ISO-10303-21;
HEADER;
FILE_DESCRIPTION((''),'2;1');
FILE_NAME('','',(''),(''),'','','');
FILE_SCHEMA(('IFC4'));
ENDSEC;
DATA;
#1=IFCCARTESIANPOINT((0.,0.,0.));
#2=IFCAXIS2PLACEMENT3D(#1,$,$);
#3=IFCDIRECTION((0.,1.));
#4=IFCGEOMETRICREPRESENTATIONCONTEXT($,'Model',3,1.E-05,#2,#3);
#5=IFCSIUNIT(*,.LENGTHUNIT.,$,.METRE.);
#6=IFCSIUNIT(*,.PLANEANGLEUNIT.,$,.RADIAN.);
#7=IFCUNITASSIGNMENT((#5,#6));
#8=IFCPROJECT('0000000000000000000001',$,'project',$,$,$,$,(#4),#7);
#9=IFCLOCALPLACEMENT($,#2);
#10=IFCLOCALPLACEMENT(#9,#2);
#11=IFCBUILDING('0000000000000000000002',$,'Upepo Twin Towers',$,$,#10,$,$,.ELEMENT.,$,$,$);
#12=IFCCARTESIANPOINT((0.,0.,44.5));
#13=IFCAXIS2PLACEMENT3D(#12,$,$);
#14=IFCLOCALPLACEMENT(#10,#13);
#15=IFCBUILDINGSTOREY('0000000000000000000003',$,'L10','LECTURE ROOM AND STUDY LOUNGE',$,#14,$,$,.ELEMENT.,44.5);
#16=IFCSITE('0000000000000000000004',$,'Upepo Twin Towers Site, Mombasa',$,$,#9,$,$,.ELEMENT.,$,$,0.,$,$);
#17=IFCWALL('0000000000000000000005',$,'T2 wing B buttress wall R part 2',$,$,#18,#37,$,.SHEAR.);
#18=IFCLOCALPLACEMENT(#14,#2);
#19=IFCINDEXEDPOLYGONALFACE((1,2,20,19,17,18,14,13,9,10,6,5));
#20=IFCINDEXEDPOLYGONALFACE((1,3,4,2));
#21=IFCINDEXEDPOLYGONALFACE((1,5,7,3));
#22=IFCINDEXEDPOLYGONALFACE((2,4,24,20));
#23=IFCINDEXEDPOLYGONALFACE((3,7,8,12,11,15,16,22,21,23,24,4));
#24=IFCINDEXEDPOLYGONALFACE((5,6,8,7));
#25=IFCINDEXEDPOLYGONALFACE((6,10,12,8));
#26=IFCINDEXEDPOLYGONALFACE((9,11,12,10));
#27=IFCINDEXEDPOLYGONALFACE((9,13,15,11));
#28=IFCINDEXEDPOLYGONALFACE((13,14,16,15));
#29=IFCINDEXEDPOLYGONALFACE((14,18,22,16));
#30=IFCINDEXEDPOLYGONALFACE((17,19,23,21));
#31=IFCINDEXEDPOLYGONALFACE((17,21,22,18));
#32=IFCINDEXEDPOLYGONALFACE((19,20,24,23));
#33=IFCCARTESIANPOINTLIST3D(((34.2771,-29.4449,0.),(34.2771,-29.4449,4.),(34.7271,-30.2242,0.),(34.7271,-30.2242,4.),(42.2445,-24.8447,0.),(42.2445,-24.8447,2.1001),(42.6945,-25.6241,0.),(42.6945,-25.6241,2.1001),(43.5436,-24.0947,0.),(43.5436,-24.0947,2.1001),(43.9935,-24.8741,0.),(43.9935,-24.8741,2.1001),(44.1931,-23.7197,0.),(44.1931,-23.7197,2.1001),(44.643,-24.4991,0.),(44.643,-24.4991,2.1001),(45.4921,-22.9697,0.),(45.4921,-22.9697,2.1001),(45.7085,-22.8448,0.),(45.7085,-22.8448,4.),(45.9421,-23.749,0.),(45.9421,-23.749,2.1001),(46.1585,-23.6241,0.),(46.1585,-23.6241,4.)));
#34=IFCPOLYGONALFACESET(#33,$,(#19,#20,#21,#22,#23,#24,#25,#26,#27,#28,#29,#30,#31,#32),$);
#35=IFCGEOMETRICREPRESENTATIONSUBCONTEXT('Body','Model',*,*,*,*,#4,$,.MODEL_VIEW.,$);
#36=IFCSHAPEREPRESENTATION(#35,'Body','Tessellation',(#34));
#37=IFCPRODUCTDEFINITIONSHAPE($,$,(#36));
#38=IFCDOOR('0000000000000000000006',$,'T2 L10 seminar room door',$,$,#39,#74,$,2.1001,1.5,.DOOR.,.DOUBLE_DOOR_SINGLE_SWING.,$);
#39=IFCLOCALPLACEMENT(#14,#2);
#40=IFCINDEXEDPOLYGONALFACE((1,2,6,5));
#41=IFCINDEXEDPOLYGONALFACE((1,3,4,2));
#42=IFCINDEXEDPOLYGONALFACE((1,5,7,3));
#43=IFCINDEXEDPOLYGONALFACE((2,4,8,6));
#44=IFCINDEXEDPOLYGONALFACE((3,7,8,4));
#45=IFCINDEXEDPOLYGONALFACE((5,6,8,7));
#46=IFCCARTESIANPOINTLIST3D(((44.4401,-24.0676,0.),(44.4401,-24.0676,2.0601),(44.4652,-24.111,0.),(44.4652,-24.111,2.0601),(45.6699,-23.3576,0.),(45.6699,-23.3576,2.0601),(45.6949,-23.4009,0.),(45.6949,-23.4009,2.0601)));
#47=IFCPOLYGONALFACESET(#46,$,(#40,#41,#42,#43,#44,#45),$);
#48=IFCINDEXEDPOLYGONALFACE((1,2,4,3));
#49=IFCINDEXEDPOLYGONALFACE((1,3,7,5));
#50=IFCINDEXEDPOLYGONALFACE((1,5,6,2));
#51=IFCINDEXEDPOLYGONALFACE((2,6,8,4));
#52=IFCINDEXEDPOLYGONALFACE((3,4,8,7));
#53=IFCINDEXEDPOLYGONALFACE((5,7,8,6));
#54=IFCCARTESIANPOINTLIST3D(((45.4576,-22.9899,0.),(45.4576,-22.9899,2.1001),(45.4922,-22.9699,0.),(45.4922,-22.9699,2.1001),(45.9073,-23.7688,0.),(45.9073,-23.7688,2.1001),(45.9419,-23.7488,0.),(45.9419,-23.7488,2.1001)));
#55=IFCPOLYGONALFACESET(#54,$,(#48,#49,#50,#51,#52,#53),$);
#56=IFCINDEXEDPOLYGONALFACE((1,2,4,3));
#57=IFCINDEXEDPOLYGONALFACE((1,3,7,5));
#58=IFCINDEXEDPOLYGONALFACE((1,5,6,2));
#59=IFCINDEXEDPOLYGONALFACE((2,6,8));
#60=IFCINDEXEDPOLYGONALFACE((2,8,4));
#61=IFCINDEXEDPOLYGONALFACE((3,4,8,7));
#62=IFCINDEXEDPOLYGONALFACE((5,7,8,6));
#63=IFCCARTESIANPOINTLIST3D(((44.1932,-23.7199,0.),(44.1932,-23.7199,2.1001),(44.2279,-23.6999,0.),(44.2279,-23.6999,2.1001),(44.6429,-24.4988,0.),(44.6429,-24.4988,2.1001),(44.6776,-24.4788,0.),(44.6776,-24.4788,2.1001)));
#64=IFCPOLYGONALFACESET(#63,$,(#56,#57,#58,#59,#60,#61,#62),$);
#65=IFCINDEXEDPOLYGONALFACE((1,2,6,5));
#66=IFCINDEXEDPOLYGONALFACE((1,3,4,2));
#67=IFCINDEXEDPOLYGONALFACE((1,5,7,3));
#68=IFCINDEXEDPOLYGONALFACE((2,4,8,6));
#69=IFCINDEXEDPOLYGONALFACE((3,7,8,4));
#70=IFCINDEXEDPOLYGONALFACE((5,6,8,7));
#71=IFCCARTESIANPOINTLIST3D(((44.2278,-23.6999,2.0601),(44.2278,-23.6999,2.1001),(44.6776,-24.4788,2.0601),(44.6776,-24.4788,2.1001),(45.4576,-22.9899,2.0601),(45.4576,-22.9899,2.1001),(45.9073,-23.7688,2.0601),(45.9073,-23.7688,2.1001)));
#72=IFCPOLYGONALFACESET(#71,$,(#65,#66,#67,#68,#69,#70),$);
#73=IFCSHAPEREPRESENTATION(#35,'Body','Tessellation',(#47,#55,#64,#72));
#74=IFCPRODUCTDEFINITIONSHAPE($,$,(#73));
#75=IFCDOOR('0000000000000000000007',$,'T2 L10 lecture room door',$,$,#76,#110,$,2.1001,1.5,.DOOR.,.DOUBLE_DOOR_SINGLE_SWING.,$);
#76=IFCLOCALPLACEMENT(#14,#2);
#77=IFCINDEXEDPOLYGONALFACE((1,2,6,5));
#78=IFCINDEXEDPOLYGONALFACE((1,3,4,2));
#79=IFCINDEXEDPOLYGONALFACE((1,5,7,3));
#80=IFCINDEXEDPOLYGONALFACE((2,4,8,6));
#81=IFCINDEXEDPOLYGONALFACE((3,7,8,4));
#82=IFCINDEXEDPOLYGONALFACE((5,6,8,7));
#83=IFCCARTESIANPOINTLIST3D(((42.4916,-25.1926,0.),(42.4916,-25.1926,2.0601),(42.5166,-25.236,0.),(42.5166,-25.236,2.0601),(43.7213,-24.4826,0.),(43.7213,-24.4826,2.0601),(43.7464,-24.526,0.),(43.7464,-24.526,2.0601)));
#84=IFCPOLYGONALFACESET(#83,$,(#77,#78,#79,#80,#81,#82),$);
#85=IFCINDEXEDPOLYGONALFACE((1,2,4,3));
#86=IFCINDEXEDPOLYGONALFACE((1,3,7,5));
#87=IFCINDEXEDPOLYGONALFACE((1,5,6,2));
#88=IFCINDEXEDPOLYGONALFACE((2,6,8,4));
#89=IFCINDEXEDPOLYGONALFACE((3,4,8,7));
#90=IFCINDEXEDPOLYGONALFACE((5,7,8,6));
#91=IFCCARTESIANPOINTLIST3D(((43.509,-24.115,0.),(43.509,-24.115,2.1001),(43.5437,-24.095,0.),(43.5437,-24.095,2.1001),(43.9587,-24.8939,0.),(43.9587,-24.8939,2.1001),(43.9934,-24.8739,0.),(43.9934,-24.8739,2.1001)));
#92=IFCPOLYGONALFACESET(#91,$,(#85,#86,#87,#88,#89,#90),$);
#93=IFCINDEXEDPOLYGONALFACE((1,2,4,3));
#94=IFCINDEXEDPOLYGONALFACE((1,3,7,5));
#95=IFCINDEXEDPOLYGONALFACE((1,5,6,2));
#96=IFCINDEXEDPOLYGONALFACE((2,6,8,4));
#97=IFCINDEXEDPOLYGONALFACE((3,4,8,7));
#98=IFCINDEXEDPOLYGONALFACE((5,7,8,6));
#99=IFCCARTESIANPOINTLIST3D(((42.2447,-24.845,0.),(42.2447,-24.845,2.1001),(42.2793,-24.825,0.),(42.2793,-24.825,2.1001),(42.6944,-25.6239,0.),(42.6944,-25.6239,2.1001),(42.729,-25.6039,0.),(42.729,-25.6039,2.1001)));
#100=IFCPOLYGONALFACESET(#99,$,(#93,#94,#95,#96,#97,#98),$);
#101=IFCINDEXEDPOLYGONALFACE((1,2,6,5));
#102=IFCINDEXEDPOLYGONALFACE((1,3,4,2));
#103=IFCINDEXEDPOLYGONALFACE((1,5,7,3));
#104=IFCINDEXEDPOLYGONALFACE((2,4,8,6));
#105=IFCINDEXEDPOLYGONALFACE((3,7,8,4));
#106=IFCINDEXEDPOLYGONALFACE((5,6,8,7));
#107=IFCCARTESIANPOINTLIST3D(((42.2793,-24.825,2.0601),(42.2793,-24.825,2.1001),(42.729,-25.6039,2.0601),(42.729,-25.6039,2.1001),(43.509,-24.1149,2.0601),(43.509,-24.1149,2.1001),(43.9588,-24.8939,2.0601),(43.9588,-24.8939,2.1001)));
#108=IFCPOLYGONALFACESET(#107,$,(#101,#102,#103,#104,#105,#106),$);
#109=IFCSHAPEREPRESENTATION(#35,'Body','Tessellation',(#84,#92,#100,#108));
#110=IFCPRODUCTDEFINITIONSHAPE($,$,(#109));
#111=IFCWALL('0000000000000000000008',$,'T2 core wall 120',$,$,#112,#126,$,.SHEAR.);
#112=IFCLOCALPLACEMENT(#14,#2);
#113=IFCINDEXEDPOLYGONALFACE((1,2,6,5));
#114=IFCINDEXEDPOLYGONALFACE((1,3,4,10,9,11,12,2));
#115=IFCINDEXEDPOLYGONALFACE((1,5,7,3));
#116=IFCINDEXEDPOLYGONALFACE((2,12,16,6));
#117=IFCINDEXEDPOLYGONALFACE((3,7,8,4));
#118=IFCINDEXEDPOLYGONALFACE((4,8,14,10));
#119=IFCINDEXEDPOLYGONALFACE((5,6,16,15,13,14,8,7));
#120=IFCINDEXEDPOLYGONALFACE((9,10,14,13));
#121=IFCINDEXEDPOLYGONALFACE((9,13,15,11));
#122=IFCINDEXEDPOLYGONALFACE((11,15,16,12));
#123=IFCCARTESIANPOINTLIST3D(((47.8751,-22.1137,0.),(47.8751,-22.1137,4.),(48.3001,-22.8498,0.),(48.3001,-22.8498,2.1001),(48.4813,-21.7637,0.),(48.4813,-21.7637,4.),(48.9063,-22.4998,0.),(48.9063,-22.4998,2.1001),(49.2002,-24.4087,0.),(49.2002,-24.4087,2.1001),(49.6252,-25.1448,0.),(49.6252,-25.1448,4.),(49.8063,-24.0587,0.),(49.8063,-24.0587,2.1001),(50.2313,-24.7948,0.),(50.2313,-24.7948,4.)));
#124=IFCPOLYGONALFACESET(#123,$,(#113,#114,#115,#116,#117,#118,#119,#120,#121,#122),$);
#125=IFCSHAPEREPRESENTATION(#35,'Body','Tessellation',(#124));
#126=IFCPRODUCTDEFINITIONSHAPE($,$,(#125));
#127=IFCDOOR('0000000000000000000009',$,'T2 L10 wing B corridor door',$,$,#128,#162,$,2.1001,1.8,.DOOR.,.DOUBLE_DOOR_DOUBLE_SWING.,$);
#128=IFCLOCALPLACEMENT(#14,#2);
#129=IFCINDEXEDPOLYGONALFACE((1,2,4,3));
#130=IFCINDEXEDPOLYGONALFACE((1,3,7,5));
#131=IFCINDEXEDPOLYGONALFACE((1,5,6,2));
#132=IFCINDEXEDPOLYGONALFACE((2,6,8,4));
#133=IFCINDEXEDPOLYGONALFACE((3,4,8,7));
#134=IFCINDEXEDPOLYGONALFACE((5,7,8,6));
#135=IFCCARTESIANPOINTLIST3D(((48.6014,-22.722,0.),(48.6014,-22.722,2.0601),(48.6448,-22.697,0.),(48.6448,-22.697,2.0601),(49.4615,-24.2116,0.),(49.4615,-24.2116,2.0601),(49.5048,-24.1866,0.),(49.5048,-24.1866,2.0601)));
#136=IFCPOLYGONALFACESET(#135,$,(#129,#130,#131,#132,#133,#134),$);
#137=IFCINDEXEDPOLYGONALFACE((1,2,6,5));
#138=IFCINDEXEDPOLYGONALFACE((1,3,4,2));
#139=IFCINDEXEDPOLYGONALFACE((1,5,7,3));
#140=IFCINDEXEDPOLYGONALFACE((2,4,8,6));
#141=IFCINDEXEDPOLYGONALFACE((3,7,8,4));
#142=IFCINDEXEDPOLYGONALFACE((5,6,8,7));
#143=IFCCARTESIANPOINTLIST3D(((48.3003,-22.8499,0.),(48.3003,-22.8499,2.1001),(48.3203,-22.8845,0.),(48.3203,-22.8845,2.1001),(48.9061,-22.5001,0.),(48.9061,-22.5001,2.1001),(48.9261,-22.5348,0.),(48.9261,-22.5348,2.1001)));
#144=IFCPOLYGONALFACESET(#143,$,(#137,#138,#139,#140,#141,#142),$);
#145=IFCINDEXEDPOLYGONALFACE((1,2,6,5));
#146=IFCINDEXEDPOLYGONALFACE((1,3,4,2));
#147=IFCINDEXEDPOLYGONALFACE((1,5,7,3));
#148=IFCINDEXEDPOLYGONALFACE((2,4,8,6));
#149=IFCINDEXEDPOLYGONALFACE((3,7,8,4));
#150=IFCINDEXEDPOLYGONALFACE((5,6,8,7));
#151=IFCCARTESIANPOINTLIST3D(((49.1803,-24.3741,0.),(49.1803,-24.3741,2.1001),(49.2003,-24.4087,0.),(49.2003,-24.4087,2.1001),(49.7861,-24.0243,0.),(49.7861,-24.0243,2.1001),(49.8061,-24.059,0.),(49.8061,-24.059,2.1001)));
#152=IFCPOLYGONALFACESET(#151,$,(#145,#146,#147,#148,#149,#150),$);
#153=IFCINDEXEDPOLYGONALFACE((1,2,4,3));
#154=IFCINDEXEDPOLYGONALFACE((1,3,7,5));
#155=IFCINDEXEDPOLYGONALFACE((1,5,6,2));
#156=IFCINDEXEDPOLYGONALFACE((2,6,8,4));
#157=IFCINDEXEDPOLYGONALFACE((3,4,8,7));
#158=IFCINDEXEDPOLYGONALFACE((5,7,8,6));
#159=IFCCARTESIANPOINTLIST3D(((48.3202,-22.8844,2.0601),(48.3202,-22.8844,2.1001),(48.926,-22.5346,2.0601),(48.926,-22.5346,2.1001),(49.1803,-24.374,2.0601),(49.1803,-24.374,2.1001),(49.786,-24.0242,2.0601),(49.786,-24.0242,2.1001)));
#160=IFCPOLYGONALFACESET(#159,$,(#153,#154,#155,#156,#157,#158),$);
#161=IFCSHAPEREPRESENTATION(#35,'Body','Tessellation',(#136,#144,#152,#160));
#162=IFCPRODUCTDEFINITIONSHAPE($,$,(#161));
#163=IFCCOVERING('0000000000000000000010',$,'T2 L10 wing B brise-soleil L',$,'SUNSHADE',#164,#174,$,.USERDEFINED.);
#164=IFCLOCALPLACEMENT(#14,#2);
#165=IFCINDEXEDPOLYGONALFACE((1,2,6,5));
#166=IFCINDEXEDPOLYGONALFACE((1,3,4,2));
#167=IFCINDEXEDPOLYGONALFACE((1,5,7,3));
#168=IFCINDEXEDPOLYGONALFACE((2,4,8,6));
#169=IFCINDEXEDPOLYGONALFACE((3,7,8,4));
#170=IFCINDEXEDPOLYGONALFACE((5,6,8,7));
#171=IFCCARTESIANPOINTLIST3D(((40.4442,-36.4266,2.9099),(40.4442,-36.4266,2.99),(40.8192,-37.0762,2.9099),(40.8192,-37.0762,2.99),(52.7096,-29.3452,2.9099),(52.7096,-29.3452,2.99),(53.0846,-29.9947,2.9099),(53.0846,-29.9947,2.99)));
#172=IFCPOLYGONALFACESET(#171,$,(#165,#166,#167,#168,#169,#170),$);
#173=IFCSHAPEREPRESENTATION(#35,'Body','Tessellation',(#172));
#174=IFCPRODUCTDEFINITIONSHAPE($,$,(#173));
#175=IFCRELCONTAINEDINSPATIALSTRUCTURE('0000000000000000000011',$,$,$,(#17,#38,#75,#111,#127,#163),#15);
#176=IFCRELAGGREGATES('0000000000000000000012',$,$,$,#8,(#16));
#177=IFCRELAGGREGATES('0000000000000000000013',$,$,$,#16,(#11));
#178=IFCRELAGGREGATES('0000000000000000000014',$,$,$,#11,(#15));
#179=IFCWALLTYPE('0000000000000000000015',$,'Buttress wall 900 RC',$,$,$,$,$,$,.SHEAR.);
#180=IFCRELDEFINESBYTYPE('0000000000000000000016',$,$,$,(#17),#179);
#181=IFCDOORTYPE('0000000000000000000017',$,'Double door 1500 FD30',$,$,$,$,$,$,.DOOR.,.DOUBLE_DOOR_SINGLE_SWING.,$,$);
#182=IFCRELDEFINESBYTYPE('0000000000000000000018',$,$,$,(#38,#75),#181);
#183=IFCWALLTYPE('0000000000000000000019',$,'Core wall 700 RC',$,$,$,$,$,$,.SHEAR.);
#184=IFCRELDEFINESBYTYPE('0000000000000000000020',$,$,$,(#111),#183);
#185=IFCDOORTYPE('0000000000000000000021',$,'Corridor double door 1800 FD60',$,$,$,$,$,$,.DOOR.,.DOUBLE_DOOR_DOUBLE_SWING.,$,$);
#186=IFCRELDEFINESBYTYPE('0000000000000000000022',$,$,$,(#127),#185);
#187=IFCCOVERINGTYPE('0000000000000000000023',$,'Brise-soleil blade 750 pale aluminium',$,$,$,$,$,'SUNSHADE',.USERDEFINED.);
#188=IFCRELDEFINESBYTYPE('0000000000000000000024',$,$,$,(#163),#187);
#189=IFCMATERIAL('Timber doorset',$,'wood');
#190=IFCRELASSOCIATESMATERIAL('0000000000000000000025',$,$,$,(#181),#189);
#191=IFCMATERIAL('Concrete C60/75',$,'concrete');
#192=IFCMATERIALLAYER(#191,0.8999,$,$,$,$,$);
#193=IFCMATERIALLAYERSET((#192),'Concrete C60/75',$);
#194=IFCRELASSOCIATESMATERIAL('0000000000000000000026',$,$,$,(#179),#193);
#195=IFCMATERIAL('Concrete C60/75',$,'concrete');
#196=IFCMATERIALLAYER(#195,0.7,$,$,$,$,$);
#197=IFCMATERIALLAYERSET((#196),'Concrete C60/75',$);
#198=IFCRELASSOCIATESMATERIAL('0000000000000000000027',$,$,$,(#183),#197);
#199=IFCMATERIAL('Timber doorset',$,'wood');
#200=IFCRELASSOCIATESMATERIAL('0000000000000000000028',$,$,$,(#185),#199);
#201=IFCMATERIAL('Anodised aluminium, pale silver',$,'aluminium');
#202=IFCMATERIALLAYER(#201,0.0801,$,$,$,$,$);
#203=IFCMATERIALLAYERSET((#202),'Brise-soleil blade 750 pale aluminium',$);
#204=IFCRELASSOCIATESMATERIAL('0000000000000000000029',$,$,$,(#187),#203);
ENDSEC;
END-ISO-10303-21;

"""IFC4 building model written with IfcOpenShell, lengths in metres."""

from ifc_helpers import new_model, si_unit, direction, frame, frame_2d, origin, origin_2d, place, context, subcontext, project, spatial, rectangle, extrude, material, layer, layer_set, type_object, element, fill, save


model = new_model("IFC4")

# Units and contexts
model_context = context("Model", 3, precision=1e-05, world=origin(), true_north=direction((0.0, 1.0)))
body_context = subcontext(model_context, "Body", "Model", "MODEL_VIEW")
ifc_project = project(units=[si_unit("LENGTHUNIT", "METRE"), si_unit("PLANEANGLEUNIT", "RADIAN")], contexts=[model_context])

# Site, building, storey
site_placement = place(None, origin())
site = spatial("IfcSite", under=ifc_project, at=site_placement, Name="Upepo Twin Towers Site, Mombasa", CompositionType="ELEMENT", RefElevation=0.0)
building_placement = place(site_placement, origin())
building = spatial("IfcBuilding", under=site, at=building_placement, Name="Upepo Twin Towers", CompositionType="ELEMENT")
storey_placement = place(building_placement, frame((0.0, 0.0, 44.5)))
storey = spatial("IfcBuildingStorey", under=building, at=storey_placement, Name="L10", Description="LECTURE ROOM AND STUDY LOUNGE", CompositionType="ELEMENT", Elevation=44.5)

# Shared definitions
ifc_material_1 = material(Name="Timber doorset", Category="wood")
door_type_1 = type_object("IfcDoorType", Name="Double door 1500 FD30", OperationType="DOUBLE_DOOR_SINGLE_SWING", PredefinedType="DOOR", material=ifc_material_1)

# Wall, openings, doors
ifc_material_2 = material(Name="Concrete C60/75", Category="concrete")
ifc_layer_1 = layer(ifc_material_2, 0.8999)
ifc_layer_set_1 = layer_set([ifc_layer_1], Name="Concrete C60/75")
wall_type_1 = type_object("IfcWallType", Name="Buttress wall 900 RC", PredefinedType="SHEAR", material=ifc_layer_set_1)
wall_1_placement = place(storey_placement, frame((45.9336, -23.2344, 0.0), z_axis=(0.0, 0.0, 1.0), x_axis=(-0.86602, -0.50001, 0.0)))
wall_1 = element("IfcWall", 1, at=wall_1_placement, inside=storey, type_object=wall_type_1, Name="T2 wing B buttress wall R part 2", PredefinedType="SHEAR", context=body_context, shape_type="SweptSolid", body=[
    extrude(rectangle(XDim=13.2, YDim=0.8999, at=frame_2d((6.6001, 0.0))), origin(), (0.0, 0.0, 1.0), 4.0),
])
opening_1_placement = place(wall_1_placement, frame((0.25, 0.0, 0.0)))
opening_1 = element("IfcOpeningElement", 2, at=opening_1_placement, cuts=wall_1, PredefinedType="OPENING", context=body_context, shape_type="SweptSolid", body=[
    extrude(rectangle(XDim=1.5, YDim=2.1001, at=frame_2d((0.75, 1.05))), frame((0.0, 0.46, 0.0), z_axis=(0.0, -1.0, 0.0), x_axis=(1.0, 0.0, 0.0)), (0.0, 0.0, 1.0), 0.9199),
])
opening_2_placement = place(wall_1_placement, frame((2.5, 0.0, 0.0)))
opening_2 = element("IfcOpeningElement", 3, at=opening_2_placement, cuts=wall_1, PredefinedType="OPENING", context=body_context, shape_type="SweptSolid", body=[
    extrude(rectangle(XDim=1.5, YDim=2.1001, at=frame_2d((0.75, 1.05))), frame((0.0, 0.46, 0.0), z_axis=(0.0, -1.0, 0.0), x_axis=(1.0, 0.0, 0.0)), (0.0, 0.0, 1.0), 0.9199),
])
door_1_placement = place(opening_1_placement, origin())
door_1 = element("IfcDoor", 4, at=door_1_placement, inside=storey, type_object=door_type_1, Name="T2 L10 seminar room door", OperationType="DOUBLE_DOOR_SINGLE_SWING", OverallHeight=2.1001, OverallWidth=1.5, PredefinedType="DOOR", context=body_context, shape_type="SweptSolid", body=[
    extrude(rectangle(XDim=1.42, YDim=2.0601, at=frame_2d((0.75, 1.03))), frame((0.0, 0.0249, 0.0), z_axis=(0.0, -1.0, 0.0), x_axis=(1.0, 0.0, 0.0)), (0.0, 0.0, 1.0), 0.05),
    extrude(rectangle(XDim=0.04, YDim=2.1001, at=frame_2d((0.02, 1.05))), frame((0.0, 0.4497, 0.0), z_axis=(0.0, -1.0, 0.0), x_axis=(1.0, 0.0, 0.0)), (0.0, 0.0, 1.0), 0.8994),
    extrude(rectangle(XDim=0.04, YDim=2.1001, at=frame_2d((1.48, 1.05))), frame((0.0, 0.4497, 0.0), z_axis=(0.0, -1.0, 0.0), x_axis=(1.0, 0.0, 0.0)), (0.0, 0.0, 1.0), 0.8994),
    extrude(rectangle(XDim=1.42, YDim=0.04, at=frame_2d((0.75, 2.0801))), frame((0.0, 0.4497, 0.0), z_axis=(0.0, -1.0, 0.0), x_axis=(1.0, 0.0, 0.0)), (0.0, 0.0, 1.0), 0.8994),
])
fill(opening_1, door_1)
door_2_placement = place(opening_2_placement, origin())
door_2 = element("IfcDoor", 5, at=door_2_placement, inside=storey, type_object=door_type_1, Name="T2 L10 lecture room door", OperationType="DOUBLE_DOOR_SINGLE_SWING", OverallHeight=2.1001, OverallWidth=1.5, PredefinedType="DOOR", context=body_context, shape_type="SweptSolid", body=[
    extrude(rectangle(XDim=1.42, YDim=2.0601, at=frame_2d((0.75, 1.03))), frame((0.0, 0.0249, 0.0), z_axis=(0.0, -1.0, 0.0), x_axis=(1.0, 0.0, 0.0)), (0.0, 0.0, 1.0), 0.05),
    extrude(rectangle(XDim=0.04, YDim=2.1001, at=frame_2d((0.02, 1.05))), frame((0.0, 0.4497, 0.0), z_axis=(0.0, -1.0, 0.0), x_axis=(1.0, 0.0, 0.0)), (0.0, 0.0, 1.0), 0.8994),
    extrude(rectangle(XDim=0.04, YDim=2.1001, at=frame_2d((1.48, 1.05))), frame((0.0, 0.4497, 0.0), z_axis=(0.0, -1.0, 0.0), x_axis=(1.0, 0.0, 0.0)), (0.0, 0.0, 1.0), 0.8994),
    extrude(rectangle(XDim=1.42, YDim=0.04, at=frame_2d((0.75, 2.0801))), frame((0.0, 0.4497, 0.0), z_axis=(0.0, -1.0, 0.0), x_axis=(1.0, 0.0, 0.0)), (0.0, 0.0, 1.0), 0.8994),
])
fill(opening_2, door_2)

# Wall, opening, door
ifc_material_3 = material(Name="Concrete C60/75", Category="concrete")
ifc_layer_2 = layer(ifc_material_3, 0.7)
ifc_layer_set_2 = layer_set([ifc_layer_2], Name="Concrete C60/75")
wall_type_2 = type_object("IfcWallType", Name="Core wall 700 RC", PredefinedType="SHEAR", material=ifc_layer_set_2)
wall_2_placement = place(storey_placement, frame((48.1782, -21.9387, 0.0), z_axis=(0.0, 0.0, 1.0), x_axis=(0.50001, -0.866019, 0.0)))
wall_2 = element("IfcWall", 6, at=wall_2_placement, inside=storey, type_object=wall_type_2, Name="T2 core wall 120", PredefinedType="SHEAR", context=body_context, shape_type="SweptSolid", body=[
    extrude(rectangle(XDim=3.5, YDim=0.7, at=frame_2d((1.75, 0.0))), origin(), (0.0, 0.0, 1.0), 4.0),
])
opening_3_placement = place(wall_2_placement, frame((0.8501, 0.0, 0.0)))
opening_3 = element("IfcOpeningElement", 7, at=opening_3_placement, cuts=wall_2, PredefinedType="OPENING", context=body_context, shape_type="SweptSolid", body=[
    extrude(rectangle(XDim=1.8, YDim=2.1001, at=frame_2d((0.8999, 1.05))), frame((0.0, 0.3599, 0.0), z_axis=(0.0, -1.0, 0.0), x_axis=(1.0, 0.0, 0.0)), (0.0, 0.0, 1.0), 0.72),
])
ifc_material_4 = material(Name="Timber doorset", Category="wood")
door_type_2 = type_object("IfcDoorType", Name="Corridor double door 1800 FD60", OperationType="DOUBLE_DOOR_DOUBLE_SWING", PredefinedType="DOOR", material=ifc_material_4)
door_3_placement = place(opening_3_placement, origin())
door_3 = element("IfcDoor", 8, at=door_3_placement, inside=storey, type_object=door_type_2, Name="T2 L10 wing B corridor door", OperationType="DOUBLE_DOOR_DOUBLE_SWING", OverallHeight=2.1001, OverallWidth=1.8, PredefinedType="DOOR", context=body_context, shape_type="SweptSolid", body=[
    extrude(rectangle(XDim=1.72, YDim=2.0601, at=frame_2d((0.8999, 1.03))), frame((0.0, 0.0249, 0.0), z_axis=(0.0, -1.0, 0.0), x_axis=(1.0, 0.0, 0.0)), (0.0, 0.0, 1.0), 0.05),
    extrude(rectangle(XDim=0.04, YDim=2.1001, at=frame_2d((0.02, 1.05))), frame((0.0, 0.3496, 0.0), z_axis=(0.0, -1.0, 0.0), x_axis=(1.0, 0.0, 0.0)), (0.0, 0.0, 1.0), 0.6995),
    extrude(rectangle(XDim=0.04, YDim=2.1001, at=frame_2d((1.78, 1.05))), frame((0.0, 0.3496, 0.0), z_axis=(0.0, -1.0, 0.0), x_axis=(1.0, 0.0, 0.0)), (0.0, 0.0, 1.0), 0.6995),
    extrude(rectangle(XDim=1.72, YDim=0.04, at=frame_2d((0.8999, 2.0801))), frame((0.0, 0.3496, 0.0), z_axis=(0.0, -1.0, 0.0), x_axis=(1.0, 0.0, 0.0)), (0.0, 0.0, 1.0), 0.6995),
])
fill(opening_3, door_3)

# Covering
ifc_material_5 = material(Name="Anodised aluminium, pale silver", Category="aluminium")
ifc_layer_3 = layer(ifc_material_5, 0.0801)
ifc_layer_set_3 = layer_set([ifc_layer_3], Name="Brise-soleil blade 750 pale aluminium")
covering_type = type_object("IfcCoveringType", Name="Brise-soleil blade 750 pale aluminium", ElementType="SUNSHADE", PredefinedType="USERDEFINED", material=ifc_layer_set_3)
covering_placement = place(storey_placement, frame((46.7644, -33.2107, 2.9099), z_axis=(0.0, 0.0, 1.0), x_axis=(-0.866025, -0.5, 0.0)))
element("IfcCovering", 9, at=covering_placement, inside=storey, type_object=covering_type, Name="T2 L10 wing B brise-soleil L", ObjectType="SUNSHADE", PredefinedType="USERDEFINED", context=body_context, shape_type="SweptSolid", body=[
    extrude(rectangle(XDim=14.1628, YDim=0.75, at=origin_2d()), origin(), (0.0, 0.0, 1.0), 0.0801),
])

save(model, "model.ifc")
